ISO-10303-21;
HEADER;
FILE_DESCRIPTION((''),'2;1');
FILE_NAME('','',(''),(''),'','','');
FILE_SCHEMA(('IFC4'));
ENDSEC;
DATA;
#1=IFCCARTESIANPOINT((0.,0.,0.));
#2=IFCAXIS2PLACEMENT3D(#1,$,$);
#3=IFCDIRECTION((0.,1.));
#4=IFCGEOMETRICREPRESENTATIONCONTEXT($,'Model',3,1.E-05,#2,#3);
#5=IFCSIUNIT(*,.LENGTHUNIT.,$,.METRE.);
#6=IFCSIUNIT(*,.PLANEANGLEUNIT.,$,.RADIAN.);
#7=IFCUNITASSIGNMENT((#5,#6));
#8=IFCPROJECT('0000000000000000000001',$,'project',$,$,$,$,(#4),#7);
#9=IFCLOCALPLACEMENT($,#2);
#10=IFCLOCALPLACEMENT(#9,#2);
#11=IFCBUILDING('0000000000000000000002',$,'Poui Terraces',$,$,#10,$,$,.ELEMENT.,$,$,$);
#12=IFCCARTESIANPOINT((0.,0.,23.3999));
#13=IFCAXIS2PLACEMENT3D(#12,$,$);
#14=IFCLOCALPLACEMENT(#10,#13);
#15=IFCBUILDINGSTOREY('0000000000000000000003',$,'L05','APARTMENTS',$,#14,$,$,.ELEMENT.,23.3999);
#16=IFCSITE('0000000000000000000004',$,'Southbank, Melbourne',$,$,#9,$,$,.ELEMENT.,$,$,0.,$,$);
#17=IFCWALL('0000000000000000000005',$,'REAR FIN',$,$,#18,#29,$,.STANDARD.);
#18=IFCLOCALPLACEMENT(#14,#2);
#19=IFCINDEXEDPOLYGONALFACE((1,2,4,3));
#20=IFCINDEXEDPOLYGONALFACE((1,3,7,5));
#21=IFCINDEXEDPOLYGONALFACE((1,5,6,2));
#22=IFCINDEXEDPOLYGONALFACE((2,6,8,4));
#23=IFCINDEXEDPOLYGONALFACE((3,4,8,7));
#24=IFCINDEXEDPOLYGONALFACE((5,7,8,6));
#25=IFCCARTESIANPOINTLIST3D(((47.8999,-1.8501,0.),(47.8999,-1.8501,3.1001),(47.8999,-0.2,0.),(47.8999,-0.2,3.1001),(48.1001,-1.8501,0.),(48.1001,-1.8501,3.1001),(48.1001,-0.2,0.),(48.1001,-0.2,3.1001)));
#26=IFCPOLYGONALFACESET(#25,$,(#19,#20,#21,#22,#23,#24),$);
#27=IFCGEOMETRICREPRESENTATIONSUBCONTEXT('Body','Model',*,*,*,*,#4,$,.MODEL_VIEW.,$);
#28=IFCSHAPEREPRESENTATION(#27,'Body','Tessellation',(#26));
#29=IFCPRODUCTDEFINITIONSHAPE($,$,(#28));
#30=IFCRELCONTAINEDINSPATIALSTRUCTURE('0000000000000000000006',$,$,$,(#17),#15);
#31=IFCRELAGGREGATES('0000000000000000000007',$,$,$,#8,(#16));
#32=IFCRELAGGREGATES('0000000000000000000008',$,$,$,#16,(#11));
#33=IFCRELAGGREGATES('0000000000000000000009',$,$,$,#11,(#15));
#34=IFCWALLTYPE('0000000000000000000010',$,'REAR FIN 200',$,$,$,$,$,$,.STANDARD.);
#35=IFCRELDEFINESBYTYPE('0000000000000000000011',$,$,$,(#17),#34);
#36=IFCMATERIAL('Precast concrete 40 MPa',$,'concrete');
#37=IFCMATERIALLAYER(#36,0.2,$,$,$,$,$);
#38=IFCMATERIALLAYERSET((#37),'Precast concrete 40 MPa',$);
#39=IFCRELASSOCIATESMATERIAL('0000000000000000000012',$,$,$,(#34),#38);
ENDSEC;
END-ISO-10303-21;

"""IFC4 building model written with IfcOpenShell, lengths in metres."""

from ifc_helpers import new_model, si_unit, direction, frame, origin, place, context, subcontext, project, spatial, polyline, outline, extrude, source, transform, mapped, material, layer, layer_set, type_object, element, save


model = new_model("IFC4")

# Units and contexts
model_context = context("Model", 3, precision=1e-05, world=origin(), true_north=direction((0.0, 1.0)))
body_context = subcontext(model_context, "Body", "Model", "MODEL_VIEW")
ifc_project = project(units=[si_unit("LENGTHUNIT", "METRE"), si_unit("PLANEANGLEUNIT", "RADIAN")], contexts=[model_context])

# Site, building, storey
site_placement = place(None, origin())
site = spatial("IfcSite", under=ifc_project, at=site_placement, Name="Southbank, Melbourne", CompositionType="ELEMENT", RefElevation=0.0)
building_placement = place(site_placement, origin())
building = spatial("IfcBuilding", under=site, at=building_placement, Name="Poui Terraces", CompositionType="ELEMENT")
storey_placement = place(building_placement, frame((0.0, 0.0, 23.3999)))
storey = spatial("IfcBuildingStorey", under=building, at=storey_placement, Name="L05", Description="APARTMENTS", CompositionType="ELEMENT", Elevation=23.3999)

# Shared definitions
ifc_material_1 = material(Name="Precast concrete 40 MPa", Category="concrete")

# Wall
ifc_layer_1 = layer(ifc_material_1, 0.2)
ifc_layer_set_1 = layer_set([ifc_layer_1], Name="Precast concrete 40 MPa")
wall_type_1 = type_object("IfcWallType", Name="REAR FIN 200", PredefinedType="STANDARD", material=ifc_layer_set_1)
shared_shape_1 = source(origin(), body_context, "Body", "SweptSolid", [
    extrude(outline(polyline([(0.0, 0.0), (0.2002, 0.0), (0.2002, 1.6501), (0.0, 1.6501), (0.0, 0.0)])), origin(), (0.0, 0.0, 1.0), 3.1001),
])
for number, where, name in (
    (1, (47.8999, -1.8501, 0.0), "REAR FIN"),
):
    element("IfcWall", number, at=place(storey_placement, frame(where)), inside=storey, type_object=wall_type_1, Name=name, PredefinedType="STANDARD", context=body_context, shape_type="MappedRepresentation", body=[
        mapped(shared_shape_1, transform((0.0, 0.0, 0.0))),
    ])

save(model, "model.ifc")
